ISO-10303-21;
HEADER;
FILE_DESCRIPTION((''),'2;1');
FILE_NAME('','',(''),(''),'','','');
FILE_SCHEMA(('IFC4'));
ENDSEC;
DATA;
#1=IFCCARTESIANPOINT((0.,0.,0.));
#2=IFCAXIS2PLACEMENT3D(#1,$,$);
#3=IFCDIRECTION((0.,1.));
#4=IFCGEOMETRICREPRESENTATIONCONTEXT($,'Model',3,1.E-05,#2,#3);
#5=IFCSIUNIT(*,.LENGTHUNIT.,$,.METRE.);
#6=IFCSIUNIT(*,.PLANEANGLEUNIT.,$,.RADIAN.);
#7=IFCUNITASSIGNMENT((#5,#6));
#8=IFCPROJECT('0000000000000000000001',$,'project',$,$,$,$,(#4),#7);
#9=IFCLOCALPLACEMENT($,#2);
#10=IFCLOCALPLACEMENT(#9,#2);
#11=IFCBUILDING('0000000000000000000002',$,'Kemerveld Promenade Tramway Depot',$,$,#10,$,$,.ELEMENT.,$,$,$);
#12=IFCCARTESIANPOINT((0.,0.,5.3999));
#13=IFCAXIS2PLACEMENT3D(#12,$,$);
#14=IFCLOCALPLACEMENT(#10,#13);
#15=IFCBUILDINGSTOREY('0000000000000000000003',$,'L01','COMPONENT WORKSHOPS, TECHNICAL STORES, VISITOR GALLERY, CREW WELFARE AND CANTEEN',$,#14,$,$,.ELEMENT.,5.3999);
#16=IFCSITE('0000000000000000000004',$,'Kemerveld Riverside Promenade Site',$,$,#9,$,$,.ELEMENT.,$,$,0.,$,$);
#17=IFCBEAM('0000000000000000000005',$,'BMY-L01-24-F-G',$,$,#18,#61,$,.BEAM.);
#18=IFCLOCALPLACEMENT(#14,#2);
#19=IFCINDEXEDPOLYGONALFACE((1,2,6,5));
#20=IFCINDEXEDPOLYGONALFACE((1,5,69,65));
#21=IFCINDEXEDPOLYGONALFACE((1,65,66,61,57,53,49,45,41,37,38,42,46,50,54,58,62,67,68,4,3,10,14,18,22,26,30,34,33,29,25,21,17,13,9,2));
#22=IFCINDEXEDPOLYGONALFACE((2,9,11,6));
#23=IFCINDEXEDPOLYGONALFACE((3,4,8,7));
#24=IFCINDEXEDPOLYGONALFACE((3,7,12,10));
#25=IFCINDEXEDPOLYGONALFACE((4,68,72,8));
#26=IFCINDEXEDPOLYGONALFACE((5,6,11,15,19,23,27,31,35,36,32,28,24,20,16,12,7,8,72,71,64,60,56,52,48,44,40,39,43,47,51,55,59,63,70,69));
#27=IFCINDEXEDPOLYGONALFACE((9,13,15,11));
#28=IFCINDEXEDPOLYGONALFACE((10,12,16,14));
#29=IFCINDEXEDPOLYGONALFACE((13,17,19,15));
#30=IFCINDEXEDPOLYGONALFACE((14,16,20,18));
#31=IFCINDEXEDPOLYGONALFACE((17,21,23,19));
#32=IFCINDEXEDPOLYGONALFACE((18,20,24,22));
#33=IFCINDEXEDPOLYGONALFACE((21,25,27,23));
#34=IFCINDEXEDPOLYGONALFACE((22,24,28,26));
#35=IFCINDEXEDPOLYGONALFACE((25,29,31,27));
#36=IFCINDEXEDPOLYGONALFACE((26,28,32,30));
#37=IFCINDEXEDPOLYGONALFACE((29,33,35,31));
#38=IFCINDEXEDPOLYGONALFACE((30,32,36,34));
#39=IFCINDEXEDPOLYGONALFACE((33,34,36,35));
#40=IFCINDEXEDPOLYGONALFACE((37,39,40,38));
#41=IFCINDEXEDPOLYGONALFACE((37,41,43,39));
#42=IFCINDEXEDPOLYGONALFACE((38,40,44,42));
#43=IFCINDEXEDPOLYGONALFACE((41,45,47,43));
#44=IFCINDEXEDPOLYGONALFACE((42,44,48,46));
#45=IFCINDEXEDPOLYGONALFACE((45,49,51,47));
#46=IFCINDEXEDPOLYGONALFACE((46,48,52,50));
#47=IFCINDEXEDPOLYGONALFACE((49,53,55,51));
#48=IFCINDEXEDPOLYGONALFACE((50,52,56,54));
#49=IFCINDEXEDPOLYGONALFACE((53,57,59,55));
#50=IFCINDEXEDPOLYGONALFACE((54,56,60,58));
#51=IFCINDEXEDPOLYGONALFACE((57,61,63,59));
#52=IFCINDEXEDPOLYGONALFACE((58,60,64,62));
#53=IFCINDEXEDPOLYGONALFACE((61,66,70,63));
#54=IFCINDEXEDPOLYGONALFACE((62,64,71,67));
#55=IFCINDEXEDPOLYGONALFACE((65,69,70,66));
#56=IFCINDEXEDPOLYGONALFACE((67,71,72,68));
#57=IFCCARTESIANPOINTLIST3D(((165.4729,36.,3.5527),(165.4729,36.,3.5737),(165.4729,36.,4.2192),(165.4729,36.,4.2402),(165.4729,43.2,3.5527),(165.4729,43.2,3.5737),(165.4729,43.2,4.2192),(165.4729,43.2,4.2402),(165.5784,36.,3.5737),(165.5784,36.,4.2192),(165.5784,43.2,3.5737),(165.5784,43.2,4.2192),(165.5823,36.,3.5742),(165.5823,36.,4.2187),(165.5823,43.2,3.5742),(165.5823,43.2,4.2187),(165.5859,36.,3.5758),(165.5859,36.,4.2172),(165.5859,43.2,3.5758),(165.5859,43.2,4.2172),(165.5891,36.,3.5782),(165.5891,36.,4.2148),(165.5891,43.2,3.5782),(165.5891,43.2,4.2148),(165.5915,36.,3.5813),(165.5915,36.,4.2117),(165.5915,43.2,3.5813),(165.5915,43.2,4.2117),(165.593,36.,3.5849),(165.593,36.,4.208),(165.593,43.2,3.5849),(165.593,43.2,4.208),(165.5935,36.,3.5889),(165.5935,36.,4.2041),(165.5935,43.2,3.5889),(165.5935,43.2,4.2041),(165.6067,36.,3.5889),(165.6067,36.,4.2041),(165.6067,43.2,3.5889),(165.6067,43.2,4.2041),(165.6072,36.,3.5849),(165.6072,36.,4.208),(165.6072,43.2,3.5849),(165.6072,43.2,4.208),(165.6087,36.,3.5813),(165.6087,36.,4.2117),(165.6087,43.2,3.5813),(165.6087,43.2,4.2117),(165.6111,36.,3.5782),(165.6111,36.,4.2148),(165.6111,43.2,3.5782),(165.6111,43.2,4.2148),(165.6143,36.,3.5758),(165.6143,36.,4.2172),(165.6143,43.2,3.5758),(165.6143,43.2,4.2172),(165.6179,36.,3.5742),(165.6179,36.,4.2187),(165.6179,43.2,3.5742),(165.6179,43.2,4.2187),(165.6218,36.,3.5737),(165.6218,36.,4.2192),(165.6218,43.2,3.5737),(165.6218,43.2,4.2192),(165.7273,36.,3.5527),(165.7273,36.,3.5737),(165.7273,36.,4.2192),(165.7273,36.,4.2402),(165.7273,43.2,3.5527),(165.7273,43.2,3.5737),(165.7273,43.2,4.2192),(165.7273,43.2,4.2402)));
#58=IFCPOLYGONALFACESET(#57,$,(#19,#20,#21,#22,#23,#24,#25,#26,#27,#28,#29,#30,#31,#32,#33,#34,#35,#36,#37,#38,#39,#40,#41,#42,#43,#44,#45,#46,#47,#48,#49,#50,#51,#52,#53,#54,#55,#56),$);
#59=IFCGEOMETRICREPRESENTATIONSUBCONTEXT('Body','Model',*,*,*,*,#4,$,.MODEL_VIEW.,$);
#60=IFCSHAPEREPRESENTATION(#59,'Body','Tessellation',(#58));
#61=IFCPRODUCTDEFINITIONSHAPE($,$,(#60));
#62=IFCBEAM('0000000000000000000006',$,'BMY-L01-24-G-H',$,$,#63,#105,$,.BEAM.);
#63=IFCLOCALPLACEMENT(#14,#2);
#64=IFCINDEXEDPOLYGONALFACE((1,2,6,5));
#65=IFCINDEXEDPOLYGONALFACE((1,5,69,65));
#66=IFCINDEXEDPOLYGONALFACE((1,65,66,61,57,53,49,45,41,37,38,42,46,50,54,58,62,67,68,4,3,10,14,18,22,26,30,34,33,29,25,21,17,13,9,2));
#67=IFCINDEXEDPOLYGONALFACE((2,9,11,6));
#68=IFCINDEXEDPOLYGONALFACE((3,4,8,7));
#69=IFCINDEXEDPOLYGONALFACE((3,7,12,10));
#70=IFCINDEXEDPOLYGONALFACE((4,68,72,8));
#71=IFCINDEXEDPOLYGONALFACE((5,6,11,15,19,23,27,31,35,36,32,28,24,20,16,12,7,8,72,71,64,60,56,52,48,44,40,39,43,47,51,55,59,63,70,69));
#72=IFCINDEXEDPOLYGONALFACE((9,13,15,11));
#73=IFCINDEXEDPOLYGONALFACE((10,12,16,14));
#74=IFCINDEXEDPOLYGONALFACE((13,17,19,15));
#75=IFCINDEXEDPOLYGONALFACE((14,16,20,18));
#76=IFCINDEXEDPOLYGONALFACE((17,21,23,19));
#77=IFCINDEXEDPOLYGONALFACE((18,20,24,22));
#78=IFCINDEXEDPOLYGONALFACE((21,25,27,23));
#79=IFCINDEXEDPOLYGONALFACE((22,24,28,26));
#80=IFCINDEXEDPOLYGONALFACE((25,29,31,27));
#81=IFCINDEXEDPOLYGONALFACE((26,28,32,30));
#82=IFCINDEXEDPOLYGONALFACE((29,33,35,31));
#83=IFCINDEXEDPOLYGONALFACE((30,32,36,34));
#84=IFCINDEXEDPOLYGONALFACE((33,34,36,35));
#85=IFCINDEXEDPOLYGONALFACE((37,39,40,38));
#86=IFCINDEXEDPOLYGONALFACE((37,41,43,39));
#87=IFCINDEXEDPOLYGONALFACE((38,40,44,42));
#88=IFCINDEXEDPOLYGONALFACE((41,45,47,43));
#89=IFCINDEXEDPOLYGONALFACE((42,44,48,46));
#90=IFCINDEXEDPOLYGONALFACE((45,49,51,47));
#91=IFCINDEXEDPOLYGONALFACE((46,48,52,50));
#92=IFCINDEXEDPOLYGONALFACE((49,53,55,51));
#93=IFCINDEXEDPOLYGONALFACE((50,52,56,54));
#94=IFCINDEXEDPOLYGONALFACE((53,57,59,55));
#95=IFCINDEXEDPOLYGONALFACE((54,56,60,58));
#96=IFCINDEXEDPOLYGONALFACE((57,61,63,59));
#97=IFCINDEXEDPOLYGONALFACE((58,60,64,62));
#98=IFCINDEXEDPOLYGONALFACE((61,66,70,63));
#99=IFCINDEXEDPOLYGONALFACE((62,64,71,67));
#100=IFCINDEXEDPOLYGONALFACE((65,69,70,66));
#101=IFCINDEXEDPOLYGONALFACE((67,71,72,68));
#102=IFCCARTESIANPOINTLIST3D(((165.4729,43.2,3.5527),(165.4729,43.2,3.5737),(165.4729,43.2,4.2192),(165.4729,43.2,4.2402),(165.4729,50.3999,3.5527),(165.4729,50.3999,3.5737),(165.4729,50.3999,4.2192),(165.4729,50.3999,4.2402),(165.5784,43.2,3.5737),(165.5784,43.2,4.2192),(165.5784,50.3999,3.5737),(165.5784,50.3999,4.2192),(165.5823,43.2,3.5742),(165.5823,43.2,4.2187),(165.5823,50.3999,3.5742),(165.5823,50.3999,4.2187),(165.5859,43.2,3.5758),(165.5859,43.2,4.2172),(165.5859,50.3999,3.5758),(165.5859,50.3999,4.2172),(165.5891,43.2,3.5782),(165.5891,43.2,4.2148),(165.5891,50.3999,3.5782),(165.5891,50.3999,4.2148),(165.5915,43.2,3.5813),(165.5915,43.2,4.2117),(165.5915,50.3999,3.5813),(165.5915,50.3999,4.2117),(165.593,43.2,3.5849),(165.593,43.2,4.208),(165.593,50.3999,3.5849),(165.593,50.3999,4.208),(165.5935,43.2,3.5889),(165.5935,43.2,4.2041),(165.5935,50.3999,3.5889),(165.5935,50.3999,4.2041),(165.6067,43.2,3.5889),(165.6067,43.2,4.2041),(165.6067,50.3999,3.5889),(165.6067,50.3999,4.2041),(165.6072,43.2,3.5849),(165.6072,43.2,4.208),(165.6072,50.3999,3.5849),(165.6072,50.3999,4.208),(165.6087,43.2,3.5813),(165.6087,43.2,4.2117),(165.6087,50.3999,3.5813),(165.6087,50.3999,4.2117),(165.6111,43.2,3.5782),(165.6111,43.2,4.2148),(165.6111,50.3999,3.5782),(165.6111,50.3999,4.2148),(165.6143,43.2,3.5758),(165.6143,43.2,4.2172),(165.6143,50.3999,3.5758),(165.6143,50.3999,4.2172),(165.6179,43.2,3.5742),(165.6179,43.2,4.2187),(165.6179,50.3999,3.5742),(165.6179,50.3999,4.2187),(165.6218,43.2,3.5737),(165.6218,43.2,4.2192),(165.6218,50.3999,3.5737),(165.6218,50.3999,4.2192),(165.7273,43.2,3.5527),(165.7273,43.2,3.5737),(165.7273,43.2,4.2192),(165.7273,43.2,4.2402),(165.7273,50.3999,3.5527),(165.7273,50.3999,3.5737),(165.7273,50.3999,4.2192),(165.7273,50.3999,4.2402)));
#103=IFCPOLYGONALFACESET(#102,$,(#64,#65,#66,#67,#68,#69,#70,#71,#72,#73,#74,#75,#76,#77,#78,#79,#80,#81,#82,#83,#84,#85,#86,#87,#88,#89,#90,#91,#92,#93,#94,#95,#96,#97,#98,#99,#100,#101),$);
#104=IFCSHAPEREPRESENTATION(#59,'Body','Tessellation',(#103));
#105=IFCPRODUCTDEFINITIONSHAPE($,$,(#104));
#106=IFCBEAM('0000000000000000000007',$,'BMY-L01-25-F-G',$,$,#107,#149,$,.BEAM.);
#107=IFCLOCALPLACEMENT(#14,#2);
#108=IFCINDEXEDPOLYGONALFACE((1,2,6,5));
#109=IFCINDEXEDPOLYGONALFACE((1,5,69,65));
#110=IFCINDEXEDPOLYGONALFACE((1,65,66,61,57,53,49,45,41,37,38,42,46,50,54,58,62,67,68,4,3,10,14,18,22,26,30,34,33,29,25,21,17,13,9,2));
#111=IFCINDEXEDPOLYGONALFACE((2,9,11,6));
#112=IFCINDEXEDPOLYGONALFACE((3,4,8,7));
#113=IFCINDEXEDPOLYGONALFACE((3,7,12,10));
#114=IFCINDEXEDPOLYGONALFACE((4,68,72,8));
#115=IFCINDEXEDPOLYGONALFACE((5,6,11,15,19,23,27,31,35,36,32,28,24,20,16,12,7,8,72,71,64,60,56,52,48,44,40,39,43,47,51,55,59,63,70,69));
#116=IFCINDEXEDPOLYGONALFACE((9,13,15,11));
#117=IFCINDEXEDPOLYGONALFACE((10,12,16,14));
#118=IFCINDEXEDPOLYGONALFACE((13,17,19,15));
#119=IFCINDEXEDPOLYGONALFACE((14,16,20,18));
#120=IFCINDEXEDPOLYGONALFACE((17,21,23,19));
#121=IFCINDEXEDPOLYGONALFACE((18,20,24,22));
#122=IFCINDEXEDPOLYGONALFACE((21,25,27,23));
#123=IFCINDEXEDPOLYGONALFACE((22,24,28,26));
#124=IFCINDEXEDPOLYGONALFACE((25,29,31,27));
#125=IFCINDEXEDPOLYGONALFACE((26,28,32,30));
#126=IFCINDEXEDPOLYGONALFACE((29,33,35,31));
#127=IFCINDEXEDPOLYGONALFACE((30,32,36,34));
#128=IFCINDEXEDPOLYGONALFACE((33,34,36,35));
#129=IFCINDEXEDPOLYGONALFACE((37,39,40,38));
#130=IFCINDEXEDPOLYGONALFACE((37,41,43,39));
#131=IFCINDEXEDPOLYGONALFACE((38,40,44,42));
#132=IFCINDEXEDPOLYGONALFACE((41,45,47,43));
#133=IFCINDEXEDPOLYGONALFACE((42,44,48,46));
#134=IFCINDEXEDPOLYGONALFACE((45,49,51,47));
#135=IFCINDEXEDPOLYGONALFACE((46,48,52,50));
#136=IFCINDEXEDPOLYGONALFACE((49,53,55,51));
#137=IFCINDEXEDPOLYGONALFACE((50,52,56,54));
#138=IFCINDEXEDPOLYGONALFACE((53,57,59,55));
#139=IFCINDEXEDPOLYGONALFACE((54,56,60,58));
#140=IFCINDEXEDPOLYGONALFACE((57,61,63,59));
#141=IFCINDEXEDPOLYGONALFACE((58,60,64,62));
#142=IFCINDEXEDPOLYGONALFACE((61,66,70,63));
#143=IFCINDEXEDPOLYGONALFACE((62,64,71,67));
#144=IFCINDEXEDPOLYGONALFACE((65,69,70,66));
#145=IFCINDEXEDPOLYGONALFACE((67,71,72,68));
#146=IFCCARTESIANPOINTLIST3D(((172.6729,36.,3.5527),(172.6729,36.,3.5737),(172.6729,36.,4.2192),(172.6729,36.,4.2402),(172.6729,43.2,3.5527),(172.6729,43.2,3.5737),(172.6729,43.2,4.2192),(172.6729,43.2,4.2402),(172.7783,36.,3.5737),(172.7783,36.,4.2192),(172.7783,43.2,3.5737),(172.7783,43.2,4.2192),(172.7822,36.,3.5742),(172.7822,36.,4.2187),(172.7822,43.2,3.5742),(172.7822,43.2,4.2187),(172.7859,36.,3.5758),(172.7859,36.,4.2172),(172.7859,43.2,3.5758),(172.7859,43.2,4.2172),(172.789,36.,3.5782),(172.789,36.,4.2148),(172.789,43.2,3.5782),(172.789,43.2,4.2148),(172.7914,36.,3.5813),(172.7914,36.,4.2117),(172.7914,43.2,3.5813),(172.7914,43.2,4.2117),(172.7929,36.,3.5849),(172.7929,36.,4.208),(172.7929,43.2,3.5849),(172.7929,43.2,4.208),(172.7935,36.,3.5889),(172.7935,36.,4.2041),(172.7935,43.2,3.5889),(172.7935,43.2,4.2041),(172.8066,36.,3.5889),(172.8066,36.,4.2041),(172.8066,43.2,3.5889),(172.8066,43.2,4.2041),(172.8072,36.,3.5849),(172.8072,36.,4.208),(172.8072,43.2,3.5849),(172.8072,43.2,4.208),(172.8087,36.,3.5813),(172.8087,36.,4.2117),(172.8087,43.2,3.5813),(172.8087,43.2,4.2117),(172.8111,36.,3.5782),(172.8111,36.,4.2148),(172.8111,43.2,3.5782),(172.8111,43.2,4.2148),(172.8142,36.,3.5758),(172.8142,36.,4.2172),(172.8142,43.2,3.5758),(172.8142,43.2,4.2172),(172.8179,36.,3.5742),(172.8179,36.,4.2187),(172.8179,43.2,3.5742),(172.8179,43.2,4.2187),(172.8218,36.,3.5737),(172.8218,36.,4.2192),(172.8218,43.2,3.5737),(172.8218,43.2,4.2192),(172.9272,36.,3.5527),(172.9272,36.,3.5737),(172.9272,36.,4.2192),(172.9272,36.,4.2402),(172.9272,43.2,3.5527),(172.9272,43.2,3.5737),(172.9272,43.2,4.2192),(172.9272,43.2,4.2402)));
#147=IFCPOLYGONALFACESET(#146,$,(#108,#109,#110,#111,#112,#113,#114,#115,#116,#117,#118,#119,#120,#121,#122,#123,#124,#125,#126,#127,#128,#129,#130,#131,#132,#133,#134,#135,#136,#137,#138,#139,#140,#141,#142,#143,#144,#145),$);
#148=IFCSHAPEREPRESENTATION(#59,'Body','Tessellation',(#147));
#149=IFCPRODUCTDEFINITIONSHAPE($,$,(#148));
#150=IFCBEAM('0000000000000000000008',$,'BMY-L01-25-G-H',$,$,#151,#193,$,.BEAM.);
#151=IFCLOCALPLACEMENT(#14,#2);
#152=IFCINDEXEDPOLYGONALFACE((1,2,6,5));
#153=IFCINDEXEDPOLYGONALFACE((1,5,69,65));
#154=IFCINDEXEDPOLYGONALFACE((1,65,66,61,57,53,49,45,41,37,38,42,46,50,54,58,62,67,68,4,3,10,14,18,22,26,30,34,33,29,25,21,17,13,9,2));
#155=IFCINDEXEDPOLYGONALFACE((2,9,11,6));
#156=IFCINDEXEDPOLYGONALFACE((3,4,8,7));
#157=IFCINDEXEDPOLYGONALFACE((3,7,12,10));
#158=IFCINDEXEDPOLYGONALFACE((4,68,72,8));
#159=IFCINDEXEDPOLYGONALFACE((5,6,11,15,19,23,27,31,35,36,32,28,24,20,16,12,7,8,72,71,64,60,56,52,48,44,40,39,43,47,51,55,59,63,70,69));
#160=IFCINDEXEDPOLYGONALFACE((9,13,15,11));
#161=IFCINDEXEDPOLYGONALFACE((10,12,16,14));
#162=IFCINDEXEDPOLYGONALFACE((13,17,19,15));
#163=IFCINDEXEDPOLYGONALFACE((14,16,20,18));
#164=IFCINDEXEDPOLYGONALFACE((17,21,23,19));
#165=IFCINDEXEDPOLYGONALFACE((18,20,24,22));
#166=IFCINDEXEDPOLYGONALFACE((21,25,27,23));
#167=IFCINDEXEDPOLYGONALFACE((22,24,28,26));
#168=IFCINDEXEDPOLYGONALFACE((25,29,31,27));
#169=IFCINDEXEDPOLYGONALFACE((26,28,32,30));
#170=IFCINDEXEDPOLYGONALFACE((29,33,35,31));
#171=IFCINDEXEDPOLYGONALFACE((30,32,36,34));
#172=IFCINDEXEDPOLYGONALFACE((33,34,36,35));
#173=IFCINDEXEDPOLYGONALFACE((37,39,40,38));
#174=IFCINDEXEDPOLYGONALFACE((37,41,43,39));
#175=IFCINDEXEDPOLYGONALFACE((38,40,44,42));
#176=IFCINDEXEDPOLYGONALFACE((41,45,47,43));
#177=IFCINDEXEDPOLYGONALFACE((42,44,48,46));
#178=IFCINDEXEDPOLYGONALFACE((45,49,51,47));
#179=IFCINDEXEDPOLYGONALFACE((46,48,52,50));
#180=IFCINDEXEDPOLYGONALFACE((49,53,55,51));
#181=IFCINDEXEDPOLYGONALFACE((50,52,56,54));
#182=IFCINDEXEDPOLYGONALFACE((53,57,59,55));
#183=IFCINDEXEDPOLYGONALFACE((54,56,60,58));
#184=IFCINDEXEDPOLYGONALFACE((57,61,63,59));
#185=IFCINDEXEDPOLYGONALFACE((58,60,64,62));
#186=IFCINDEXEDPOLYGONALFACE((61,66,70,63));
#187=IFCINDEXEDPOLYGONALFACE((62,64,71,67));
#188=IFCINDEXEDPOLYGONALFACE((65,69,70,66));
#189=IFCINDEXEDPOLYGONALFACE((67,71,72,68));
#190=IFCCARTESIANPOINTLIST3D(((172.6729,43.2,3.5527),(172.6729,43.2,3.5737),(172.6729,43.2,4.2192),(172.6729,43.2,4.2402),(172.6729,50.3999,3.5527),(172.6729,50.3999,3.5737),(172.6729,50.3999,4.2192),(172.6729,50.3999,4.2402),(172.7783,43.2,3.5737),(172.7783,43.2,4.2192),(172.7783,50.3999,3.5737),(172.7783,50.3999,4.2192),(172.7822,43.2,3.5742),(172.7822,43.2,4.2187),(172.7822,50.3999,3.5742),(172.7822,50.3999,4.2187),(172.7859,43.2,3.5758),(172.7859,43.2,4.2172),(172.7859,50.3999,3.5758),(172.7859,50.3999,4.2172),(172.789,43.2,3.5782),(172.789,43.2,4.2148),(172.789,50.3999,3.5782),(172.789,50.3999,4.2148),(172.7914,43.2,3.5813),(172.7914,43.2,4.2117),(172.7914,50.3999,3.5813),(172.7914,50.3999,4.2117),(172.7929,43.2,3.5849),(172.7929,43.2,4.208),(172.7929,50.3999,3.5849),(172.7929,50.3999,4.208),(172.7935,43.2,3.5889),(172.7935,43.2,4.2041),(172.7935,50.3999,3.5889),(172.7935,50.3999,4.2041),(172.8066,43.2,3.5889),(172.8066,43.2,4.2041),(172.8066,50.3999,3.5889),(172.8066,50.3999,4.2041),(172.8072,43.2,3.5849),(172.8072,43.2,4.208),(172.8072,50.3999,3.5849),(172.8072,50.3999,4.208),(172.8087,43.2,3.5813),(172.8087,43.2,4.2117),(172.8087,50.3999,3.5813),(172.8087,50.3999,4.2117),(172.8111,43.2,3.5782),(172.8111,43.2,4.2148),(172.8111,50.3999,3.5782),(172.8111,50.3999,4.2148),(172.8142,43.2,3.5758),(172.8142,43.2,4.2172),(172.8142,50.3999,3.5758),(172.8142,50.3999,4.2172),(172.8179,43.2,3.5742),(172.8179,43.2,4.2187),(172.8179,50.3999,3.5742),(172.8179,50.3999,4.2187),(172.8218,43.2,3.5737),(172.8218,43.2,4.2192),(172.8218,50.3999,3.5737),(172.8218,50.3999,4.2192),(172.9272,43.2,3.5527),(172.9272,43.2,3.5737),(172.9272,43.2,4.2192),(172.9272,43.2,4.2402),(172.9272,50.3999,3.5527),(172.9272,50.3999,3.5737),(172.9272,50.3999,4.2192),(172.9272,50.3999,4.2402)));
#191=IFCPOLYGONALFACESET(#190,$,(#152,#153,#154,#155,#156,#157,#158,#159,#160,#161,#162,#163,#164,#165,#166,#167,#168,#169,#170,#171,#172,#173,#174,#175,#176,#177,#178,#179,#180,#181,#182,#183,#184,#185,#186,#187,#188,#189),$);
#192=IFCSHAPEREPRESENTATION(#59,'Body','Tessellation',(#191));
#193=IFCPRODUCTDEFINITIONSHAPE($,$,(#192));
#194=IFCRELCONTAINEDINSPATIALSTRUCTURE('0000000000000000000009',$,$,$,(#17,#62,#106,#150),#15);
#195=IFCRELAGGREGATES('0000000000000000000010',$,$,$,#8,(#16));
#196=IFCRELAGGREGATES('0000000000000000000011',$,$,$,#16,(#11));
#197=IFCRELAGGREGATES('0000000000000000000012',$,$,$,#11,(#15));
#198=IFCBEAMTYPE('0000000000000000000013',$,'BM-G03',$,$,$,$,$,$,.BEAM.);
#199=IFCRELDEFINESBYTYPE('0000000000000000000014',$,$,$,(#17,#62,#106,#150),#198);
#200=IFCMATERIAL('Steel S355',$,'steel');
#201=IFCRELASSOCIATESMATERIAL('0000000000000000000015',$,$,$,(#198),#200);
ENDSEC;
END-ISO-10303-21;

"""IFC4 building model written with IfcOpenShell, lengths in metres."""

from ifc_helpers import new_model, si_unit, direction, frame, origin, origin_2d, place, context, subcontext, project, spatial, i_section, extrude, material, material_profile, profile_set, type_object, element, save


model = new_model("IFC4")

# Units and contexts
model_context = context("Model", 3, precision=1e-05, world=origin(), true_north=direction((0.0, 1.0)))
body_context = subcontext(model_context, "Body", "Model", "MODEL_VIEW")
ifc_project = project(units=[si_unit("LENGTHUNIT", "METRE"), si_unit("PLANEANGLEUNIT", "RADIAN")], contexts=[model_context])

# Site, building, storey
site_placement = place(None, origin())
site = spatial("IfcSite", under=ifc_project, at=site_placement, Name="Kemerveld Riverside Promenade Site", CompositionType="ELEMENT", RefElevation=0.0)
building_placement = place(site_placement, origin())
building = spatial("IfcBuilding", under=site, at=building_placement, Name="Kemerveld Promenade Tramway Depot", CompositionType="ELEMENT")
storey_placement = place(building_placement, frame((0.0, 0.0, 5.3999)))
storey = spatial("IfcBuildingStorey", under=building, at=storey_placement, Name="L01", Description="COMPONENT WORKSHOPS, TECHNICAL STORES, VISITOR GALLERY, CREW WELFARE AND CANTEEN", CompositionType="ELEMENT", Elevation=5.3999)

# Shared definitions
ifc_material_1 = material(Name="Steel S355", Category="steel")

# Beams
ifc_material_profile_1 = material_profile(ifc_material_1, i_section(OverallWidth=0.2544, OverallDepth=0.6875, WebThickness=0.0132, FlangeThickness=0.021, FilletRadius=0.0151, at=origin_2d()), Name="686x254x152 UB")
ifc_profile_set_1 = profile_set([ifc_material_profile_1], Name="Steel S355")
beam_type_1 = type_object("IfcBeamType", Name="BM-G03", PredefinedType="BEAM", material=ifc_profile_set_1)
for number, where, z_axis, x_axis, name in (
    (1, (165.6001, 36.0, 3.8965), (0.0, 1.0, 0.0), (-1.0, 0.0, 0.0), "BMY-L01-24-F-G"),
    (2, (165.6001, 43.2, 3.8965), (0.0, 1.0, 0.0), (-1.0, 0.0, 0.0), "BMY-L01-24-G-H"),
    (3, (172.8, 36.0, 3.8965), (0.0, 1.0, 0.0), (-1.0, 0.0, 0.0), "BMY-L01-25-F-G"),
    (4, (172.8, 43.2, 3.8965), (0.0, 1.0, 0.0), (-1.0, 0.0, 0.0), "BMY-L01-25-G-H"),
):
    element("IfcBeam", number, at=place(storey_placement, frame(where, z_axis=z_axis, x_axis=x_axis)), inside=storey, type_object=beam_type_1, Name=name, PredefinedType="BEAM", context=body_context, shape_type="SweptSolid", body=[
        extrude(i_section(OverallWidth=0.2544, OverallDepth=0.6875, WebThickness=0.0132, FlangeThickness=0.021, FilletRadius=0.0151, at=origin_2d()), origin(), (0.0, 0.0, 1.0), 7.2),
    ])

save(model, "model.ifc")
